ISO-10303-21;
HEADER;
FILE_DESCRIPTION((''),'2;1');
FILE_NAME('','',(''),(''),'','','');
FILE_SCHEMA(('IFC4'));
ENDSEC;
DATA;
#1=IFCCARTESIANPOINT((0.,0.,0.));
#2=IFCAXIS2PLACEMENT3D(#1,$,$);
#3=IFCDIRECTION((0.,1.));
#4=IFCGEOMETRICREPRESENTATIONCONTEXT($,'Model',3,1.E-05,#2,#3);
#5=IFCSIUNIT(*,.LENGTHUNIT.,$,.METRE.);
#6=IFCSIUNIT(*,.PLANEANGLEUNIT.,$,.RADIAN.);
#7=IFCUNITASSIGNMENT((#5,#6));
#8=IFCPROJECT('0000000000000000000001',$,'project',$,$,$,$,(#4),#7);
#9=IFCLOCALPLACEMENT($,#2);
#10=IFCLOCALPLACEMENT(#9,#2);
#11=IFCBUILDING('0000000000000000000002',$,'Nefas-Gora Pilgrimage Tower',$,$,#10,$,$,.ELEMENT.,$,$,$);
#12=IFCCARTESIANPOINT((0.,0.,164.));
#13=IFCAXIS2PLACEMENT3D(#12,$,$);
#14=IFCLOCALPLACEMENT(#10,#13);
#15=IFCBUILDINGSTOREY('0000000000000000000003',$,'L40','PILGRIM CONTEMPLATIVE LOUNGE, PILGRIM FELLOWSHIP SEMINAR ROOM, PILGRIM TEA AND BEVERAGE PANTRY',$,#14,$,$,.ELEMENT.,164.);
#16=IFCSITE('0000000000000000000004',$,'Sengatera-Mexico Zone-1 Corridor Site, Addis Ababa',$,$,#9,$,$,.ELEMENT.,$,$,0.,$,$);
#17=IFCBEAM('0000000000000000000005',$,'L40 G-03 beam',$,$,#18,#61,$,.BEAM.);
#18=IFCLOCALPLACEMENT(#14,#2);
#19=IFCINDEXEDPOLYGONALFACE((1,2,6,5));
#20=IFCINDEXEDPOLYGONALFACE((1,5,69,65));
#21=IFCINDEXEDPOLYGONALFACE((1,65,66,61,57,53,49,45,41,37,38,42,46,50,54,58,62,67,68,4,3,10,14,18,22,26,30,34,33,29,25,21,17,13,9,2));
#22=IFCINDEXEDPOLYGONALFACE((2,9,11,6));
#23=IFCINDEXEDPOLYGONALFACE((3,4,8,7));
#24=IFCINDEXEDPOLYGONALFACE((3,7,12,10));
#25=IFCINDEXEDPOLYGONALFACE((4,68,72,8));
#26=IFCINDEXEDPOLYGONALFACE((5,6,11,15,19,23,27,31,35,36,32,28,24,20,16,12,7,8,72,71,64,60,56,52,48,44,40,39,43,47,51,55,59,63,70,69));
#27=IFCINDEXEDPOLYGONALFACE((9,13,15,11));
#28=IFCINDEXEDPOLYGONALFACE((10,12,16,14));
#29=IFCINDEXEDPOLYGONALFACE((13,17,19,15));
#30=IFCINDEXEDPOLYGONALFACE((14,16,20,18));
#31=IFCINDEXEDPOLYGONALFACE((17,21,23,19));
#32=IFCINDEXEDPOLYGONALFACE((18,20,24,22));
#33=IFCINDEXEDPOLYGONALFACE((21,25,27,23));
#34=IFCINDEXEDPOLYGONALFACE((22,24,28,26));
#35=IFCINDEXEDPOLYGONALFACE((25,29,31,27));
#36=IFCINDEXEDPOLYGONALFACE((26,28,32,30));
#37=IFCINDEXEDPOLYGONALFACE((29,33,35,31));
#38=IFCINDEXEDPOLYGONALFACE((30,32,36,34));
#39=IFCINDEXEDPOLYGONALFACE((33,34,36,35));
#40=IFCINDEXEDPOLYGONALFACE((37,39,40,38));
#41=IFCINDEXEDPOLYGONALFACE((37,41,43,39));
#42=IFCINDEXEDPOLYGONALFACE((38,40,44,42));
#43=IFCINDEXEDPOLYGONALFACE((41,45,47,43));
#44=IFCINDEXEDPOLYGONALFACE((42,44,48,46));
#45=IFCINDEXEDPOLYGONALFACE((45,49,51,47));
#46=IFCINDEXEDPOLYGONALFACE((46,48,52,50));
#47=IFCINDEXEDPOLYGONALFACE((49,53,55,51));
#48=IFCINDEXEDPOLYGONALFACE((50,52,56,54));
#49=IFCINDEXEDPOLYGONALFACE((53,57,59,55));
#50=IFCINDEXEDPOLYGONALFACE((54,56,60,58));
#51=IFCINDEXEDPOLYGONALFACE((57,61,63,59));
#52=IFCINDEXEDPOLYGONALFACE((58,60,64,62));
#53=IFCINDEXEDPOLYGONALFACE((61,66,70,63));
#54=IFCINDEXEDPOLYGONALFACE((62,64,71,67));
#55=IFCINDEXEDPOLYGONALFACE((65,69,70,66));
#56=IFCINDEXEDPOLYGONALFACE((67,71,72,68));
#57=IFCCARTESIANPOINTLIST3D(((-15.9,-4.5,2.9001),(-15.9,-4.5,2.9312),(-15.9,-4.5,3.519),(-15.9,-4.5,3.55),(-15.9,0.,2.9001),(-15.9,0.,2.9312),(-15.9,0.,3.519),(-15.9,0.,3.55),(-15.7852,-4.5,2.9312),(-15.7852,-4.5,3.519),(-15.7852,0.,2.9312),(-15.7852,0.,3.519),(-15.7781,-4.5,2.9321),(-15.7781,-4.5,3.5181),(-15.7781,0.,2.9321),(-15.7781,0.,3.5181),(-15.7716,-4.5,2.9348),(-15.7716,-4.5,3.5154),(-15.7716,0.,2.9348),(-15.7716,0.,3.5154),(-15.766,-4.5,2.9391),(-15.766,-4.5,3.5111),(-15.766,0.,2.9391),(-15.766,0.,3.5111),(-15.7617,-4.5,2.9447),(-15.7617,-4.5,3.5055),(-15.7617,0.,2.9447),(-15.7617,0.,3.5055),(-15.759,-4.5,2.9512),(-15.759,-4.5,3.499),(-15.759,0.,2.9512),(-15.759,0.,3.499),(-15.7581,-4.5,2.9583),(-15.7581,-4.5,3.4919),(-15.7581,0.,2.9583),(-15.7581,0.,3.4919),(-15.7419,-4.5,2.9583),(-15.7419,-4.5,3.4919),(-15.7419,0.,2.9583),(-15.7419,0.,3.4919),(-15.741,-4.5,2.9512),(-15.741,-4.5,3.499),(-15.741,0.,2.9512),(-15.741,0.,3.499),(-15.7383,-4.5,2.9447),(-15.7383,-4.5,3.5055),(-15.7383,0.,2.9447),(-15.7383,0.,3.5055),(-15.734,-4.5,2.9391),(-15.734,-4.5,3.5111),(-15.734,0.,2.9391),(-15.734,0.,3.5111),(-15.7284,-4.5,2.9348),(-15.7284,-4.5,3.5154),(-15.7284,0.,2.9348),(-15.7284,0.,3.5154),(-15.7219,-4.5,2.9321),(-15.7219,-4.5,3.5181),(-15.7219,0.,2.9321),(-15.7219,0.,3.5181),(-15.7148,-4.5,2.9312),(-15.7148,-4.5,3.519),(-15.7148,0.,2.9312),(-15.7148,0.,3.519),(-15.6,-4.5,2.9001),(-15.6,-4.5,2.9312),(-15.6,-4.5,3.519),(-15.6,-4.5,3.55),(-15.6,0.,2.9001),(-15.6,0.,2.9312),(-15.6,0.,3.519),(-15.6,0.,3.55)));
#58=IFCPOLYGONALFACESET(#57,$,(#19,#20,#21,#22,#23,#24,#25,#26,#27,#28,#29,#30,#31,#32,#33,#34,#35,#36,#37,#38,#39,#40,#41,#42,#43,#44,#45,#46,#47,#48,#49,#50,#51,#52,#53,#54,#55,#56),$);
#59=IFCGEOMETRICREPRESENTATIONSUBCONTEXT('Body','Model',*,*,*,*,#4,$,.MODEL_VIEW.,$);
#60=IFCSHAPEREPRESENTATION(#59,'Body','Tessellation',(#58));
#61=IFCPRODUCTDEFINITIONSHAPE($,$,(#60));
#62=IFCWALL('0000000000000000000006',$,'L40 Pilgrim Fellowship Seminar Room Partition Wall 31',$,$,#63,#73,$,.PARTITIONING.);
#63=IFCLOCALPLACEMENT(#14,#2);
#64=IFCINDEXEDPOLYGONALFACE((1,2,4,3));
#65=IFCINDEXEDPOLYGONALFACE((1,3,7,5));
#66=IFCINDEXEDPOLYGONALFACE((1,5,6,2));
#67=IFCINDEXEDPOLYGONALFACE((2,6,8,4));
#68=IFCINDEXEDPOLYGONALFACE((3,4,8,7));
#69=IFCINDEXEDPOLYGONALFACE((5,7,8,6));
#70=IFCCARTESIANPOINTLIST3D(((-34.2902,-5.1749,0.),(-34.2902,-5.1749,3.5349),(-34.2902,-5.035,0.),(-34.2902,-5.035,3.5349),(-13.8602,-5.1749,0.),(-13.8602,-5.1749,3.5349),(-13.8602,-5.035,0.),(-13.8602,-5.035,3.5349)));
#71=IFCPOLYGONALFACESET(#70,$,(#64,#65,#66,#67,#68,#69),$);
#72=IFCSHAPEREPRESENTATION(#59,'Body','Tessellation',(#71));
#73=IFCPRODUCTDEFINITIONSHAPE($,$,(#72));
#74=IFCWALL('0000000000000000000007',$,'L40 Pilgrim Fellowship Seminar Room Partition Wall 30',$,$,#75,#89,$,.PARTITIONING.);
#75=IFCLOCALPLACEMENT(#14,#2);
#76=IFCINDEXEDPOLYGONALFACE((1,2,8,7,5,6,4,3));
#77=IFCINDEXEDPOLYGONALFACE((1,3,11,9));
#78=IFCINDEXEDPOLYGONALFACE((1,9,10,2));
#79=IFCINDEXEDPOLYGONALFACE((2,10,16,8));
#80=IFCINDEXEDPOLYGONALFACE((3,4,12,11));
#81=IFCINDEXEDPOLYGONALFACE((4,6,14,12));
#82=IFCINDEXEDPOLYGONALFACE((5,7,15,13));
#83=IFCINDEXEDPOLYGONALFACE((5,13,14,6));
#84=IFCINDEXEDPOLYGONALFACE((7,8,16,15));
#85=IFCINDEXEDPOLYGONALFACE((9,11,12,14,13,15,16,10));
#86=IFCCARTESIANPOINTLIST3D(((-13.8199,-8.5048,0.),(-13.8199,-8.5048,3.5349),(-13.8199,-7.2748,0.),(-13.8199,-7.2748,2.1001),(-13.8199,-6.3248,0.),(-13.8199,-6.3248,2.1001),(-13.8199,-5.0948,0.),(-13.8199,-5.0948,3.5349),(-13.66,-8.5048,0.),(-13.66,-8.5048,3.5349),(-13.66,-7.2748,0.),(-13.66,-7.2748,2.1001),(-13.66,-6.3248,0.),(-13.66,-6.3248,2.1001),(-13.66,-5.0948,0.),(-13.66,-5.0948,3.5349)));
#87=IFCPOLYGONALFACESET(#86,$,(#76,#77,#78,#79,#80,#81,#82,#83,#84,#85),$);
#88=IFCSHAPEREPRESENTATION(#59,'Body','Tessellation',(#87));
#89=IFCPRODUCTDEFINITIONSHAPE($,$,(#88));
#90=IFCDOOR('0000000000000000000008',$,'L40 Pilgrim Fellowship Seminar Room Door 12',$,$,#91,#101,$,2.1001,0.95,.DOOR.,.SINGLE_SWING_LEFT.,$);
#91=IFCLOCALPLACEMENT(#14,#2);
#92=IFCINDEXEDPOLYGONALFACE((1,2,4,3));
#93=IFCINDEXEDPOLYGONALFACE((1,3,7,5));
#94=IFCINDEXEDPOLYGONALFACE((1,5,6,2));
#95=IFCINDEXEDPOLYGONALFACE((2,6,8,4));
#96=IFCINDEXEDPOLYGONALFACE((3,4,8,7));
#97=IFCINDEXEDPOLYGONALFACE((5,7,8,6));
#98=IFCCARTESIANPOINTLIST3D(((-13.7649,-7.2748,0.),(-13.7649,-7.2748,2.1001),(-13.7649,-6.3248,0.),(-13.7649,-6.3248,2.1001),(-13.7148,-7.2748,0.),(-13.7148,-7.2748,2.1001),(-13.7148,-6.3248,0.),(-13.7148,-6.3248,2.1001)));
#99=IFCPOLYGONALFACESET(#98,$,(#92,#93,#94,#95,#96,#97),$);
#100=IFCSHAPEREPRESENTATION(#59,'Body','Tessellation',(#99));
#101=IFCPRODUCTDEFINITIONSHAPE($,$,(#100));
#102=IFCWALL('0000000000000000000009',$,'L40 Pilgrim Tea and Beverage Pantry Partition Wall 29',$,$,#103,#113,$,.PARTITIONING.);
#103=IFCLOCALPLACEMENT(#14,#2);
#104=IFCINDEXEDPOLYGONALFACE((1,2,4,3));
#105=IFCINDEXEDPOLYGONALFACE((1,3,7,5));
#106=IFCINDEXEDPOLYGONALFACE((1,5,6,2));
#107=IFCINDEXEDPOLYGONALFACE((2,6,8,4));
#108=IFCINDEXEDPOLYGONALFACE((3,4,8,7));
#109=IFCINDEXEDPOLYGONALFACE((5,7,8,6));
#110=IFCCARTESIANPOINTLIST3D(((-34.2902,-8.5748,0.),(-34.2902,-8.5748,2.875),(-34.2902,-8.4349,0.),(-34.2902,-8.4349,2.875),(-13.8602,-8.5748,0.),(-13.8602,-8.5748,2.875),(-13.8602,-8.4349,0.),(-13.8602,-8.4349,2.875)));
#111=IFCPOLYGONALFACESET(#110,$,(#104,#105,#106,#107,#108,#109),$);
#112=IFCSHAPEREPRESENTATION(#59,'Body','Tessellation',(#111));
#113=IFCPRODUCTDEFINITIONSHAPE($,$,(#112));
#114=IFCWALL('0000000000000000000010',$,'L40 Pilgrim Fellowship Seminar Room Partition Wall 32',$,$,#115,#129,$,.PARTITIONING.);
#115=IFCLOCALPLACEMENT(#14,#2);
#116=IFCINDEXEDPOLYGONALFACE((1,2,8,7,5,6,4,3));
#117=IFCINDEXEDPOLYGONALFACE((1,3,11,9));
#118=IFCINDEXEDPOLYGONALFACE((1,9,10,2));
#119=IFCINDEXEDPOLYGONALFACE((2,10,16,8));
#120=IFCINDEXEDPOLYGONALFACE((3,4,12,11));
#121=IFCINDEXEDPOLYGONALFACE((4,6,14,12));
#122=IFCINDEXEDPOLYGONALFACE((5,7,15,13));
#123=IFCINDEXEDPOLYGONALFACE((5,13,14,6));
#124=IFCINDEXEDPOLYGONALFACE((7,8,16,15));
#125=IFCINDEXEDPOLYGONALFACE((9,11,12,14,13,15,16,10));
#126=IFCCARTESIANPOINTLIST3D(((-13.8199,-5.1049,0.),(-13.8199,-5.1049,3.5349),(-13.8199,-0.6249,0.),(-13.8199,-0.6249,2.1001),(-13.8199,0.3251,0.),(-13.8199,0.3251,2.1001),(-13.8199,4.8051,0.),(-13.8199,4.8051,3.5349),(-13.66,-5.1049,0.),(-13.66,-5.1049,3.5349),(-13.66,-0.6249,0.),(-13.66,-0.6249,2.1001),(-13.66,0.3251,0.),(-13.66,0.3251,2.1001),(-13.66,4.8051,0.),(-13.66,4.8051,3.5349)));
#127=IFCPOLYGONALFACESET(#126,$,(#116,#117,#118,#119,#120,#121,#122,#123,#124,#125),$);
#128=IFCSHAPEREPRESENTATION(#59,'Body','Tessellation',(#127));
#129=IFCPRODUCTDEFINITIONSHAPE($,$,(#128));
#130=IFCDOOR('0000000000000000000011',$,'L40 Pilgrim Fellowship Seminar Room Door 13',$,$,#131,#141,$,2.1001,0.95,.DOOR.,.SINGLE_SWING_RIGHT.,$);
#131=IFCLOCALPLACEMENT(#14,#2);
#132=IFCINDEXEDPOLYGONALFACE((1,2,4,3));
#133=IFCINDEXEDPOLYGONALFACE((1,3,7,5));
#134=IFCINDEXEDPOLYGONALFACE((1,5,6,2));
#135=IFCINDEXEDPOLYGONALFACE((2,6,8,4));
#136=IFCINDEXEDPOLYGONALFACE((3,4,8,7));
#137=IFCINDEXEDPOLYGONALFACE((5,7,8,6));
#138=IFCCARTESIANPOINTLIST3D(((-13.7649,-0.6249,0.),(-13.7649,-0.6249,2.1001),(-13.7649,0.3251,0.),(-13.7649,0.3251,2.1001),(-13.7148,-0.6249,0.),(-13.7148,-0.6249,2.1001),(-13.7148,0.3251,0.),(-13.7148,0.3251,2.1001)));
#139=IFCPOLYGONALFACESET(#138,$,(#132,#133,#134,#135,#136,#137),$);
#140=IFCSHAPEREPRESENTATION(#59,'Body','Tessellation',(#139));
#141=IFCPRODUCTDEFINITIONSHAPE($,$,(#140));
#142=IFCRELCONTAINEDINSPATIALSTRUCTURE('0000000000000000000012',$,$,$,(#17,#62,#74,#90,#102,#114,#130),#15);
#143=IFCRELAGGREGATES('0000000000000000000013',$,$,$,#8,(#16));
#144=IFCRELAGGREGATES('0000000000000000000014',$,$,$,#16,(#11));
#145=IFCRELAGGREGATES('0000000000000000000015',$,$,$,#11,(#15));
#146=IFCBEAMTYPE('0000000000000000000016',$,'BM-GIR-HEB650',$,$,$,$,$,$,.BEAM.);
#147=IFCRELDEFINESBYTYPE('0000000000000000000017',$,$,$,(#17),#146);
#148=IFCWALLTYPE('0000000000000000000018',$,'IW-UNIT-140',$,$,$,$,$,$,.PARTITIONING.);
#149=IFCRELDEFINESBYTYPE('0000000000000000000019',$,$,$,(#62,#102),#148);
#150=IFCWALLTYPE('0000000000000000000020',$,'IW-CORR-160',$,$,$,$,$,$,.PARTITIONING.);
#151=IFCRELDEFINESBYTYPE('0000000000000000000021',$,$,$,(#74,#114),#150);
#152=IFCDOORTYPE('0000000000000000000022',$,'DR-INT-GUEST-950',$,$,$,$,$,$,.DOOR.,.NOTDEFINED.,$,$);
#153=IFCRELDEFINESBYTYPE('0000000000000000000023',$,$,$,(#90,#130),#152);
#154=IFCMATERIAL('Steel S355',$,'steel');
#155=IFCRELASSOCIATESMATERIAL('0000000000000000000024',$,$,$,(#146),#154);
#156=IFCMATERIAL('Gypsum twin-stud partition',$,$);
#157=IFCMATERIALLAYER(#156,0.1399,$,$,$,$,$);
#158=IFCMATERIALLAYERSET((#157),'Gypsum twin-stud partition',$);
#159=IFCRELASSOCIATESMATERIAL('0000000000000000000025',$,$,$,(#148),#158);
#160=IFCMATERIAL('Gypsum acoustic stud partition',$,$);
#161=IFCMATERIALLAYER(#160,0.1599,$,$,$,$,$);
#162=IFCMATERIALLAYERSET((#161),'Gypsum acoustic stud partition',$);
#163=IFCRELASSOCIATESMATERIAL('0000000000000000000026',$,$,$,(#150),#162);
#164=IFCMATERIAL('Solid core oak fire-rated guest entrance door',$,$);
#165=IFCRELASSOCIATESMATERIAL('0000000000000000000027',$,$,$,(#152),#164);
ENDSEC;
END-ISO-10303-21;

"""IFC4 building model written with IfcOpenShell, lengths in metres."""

from ifc_helpers import new_model, si_unit, direction, frame, frame_2d, origin, origin_2d, place, context, subcontext, project, spatial, rectangle, i_section, extrude, source, transform, mapped, material, layer, layer_set, material_profile, profile_set, type_object, element, fill, save


model = new_model("IFC4")

# Units and contexts
model_context = context("Model", 3, precision=1e-05, world=origin(), true_north=direction((0.0, 1.0)))
body_context = subcontext(model_context, "Body", "Model", "MODEL_VIEW")
ifc_project = project(units=[si_unit("LENGTHUNIT", "METRE"), si_unit("PLANEANGLEUNIT", "RADIAN")], contexts=[model_context])

# Site, building, storey
site_placement = place(None, origin())
site = spatial("IfcSite", under=ifc_project, at=site_placement, Name="Sengatera-Mexico Zone-1 Corridor Site, Addis Ababa", CompositionType="ELEMENT", RefElevation=0.0)
building_placement = place(site_placement, origin())
building = spatial("IfcBuilding", under=site, at=building_placement, Name="Nefas-Gora Pilgrimage Tower", CompositionType="ELEMENT")
storey_placement = place(building_placement, frame((0.0, 0.0, 164.0)))
storey = spatial("IfcBuildingStorey", under=building, at=storey_placement, Name="L40", Description="PILGRIM CONTEMPLATIVE LOUNGE, PILGRIM FELLOWSHIP SEMINAR ROOM, PILGRIM TEA AND BEVERAGE PANTRY", CompositionType="ELEMENT", Elevation=164.0)

# Beam
ifc_material_1 = material(Name="Steel S355", Category="steel")
ifc_material_profile_1 = material_profile(ifc_material_1, i_section(OverallWidth=0.3, OverallDepth=0.6499, WebThickness=0.0161, FlangeThickness=0.031, FilletRadius=0.0271, at=origin_2d()), Name="HEB 650")
ifc_profile_set_1 = profile_set([ifc_material_profile_1], Name="Steel S355")
beam_type_1 = type_object("IfcBeamType", Name="BM-GIR-HEB650", PredefinedType="BEAM", material=ifc_profile_set_1)
shared_shape_1 = source(origin(), body_context, "Body", "SweptSolid", [
    extrude(i_section(OverallWidth=0.3, OverallDepth=0.6499, WebThickness=0.0161, FlangeThickness=0.031, FilletRadius=0.0271, at=origin_2d()), origin(), (0.0, 0.0, 1.0), 4.5),
])
for number, where, z_axis, x_axis, name in (
    (1, (-15.75, -4.5, 3.2251), (0.0, 1.0, 0.0), (-1.0, 0.0, 0.0), "L40 G-03 beam"),
):
    element("IfcBeam", number, at=place(storey_placement, frame(where, z_axis=z_axis, x_axis=x_axis)), inside=storey, type_object=beam_type_1, Name=name, PredefinedType="BEAM", context=body_context, shape_type="MappedRepresentation", body=[
        mapped(shared_shape_1, transform((0.0, 0.0, 0.0), x_axis=(1.0, 0.0, 0.0), y_axis=(0.0, 1.0, 0.0), z_axis=(0.0, 0.0, 1.0), scale=1.0)),
    ])

# Wall
ifc_material_2 = material(Name="Gypsum twin-stud partition")
ifc_layer_1 = layer(ifc_material_2, 0.1399)
ifc_layer_set_1 = layer_set([ifc_layer_1], Name="Gypsum twin-stud partition")
wall_type_1 = type_object("IfcWallType", Name="IW-UNIT-140", PredefinedType="PARTITIONING", material=ifc_layer_set_1)
shared_shape_2 = source(origin(), body_context, "Body", "SweptSolid", [
    extrude(rectangle(XDim=20.4299, YDim=0.1399, at=frame_2d((10.2148, 0.0))), origin(), (0.0, 0.0, 1.0), 3.5349),
])
wall_1_placement = place(storey_placement, frame((-34.29, -5.105, 0.0), z_axis=(0.0, 0.0, 1.0), x_axis=(1.0, 0.0, 0.0)))
element("IfcWall", 2, at=wall_1_placement, inside=storey, type_object=wall_type_1, Name="L40 Pilgrim Fellowship Seminar Room Partition Wall 31", PredefinedType="PARTITIONING", context=body_context, shape_type="MappedRepresentation", body=[
    mapped(shared_shape_2, transform((0.0, 0.0, 0.0), x_axis=(1.0, 0.0, 0.0), y_axis=(0.0, 1.0, 0.0), z_axis=(0.0, 0.0, 1.0), scale=1.0)),
])

# Wall, opening, door
ifc_material_3 = material(Name="Gypsum acoustic stud partition")
ifc_layer_2 = layer(ifc_material_3, 0.1599)
ifc_layer_set_2 = layer_set([ifc_layer_2], Name="Gypsum acoustic stud partition")
wall_type_2 = type_object("IfcWallType", Name="IW-CORR-160", PredefinedType="PARTITIONING", material=ifc_layer_set_2)
shared_shape_3 = source(origin(), body_context, "Body", "SweptSolid", [
    extrude(rectangle(XDim=3.4099, YDim=0.1599, at=frame_2d((1.7051, 0.0))), origin(), (0.0, 0.0, 1.0), 3.5349),
])
wall_2_placement = place(storey_placement, frame((-13.74, -8.5049, 0.0), z_axis=(0.0, 0.0, 1.0), x_axis=(0.0, 1.0, 0.0)))
wall_2 = element("IfcWall", 3, at=wall_2_placement, inside=storey, type_object=wall_type_2, Name="L40 Pilgrim Fellowship Seminar Room Partition Wall 30", PredefinedType="PARTITIONING", context=body_context, shape_type="MappedRepresentation", body=[
    mapped(shared_shape_3, transform((0.0, 0.0, 0.0), x_axis=(1.0, 0.0, 0.0), y_axis=(0.0, 1.0, 0.0), z_axis=(0.0, 0.0, 1.0), scale=1.0)),
])
opening_1_placement = place(wall_2_placement, frame((1.23, 0.0, 0.0)))
opening_1 = element("IfcOpeningElement", 4, at=opening_1_placement, cuts=wall_2, PredefinedType="OPENING", context=body_context, shape_type="SweptSolid", body=[
    extrude(rectangle(XDim=0.95, YDim=2.1001, at=frame_2d((0.4751, 1.05))), frame((0.0, 0.0898, 0.0), z_axis=(0.0, -1.0, 0.0), x_axis=(1.0, 0.0, 0.0)), (0.0, 0.0, 1.0), 0.1799),
])
ifc_material_4 = material(Name="Solid core oak fire-rated guest entrance door")
door_type = type_object("IfcDoorType", Name="DR-INT-GUEST-950", OperationType="NOTDEFINED", PredefinedType="DOOR", material=ifc_material_4)
shared_shape_4 = source(origin(), body_context, "Body", "SweptSolid", [
    extrude(rectangle(XDim=0.95, YDim=2.1001, at=frame_2d((0.4751, 1.05))), frame((0.0, 0.0249, 0.0), z_axis=(0.0, -1.0, 0.0), x_axis=(1.0, 0.0, 0.0)), (0.0, 0.0, 1.0), 0.05),
])
door_1_placement = place(opening_1_placement, origin())
door_1 = element("IfcDoor", 5, at=door_1_placement, inside=storey, type_object=door_type, Name="L40 Pilgrim Fellowship Seminar Room Door 12", OperationType="SINGLE_SWING_LEFT", OverallHeight=2.1001, OverallWidth=0.95, PredefinedType="DOOR", context=body_context, shape_type="MappedRepresentation", body=[
    mapped(shared_shape_4, transform((0.0, 0.0, 0.0), x_axis=(1.0, 0.0, 0.0), y_axis=(0.0, 1.0, 0.0), z_axis=(0.0, 0.0, 1.0), scale=1.0)),
])
fill(opening_1, door_1)

# Wall
shared_shape_5 = source(origin(), body_context, "Body", "SweptSolid", [
    extrude(rectangle(XDim=20.4299, YDim=0.1399, at=frame_2d((10.2148, 0.0))), origin(), (0.0, 0.0, 1.0), 2.875),
])
wall_3_placement = place(storey_placement, frame((-34.29, -8.5049, 0.0), z_axis=(0.0, 0.0, 1.0), x_axis=(1.0, 0.0, 0.0)))
element("IfcWall", 6, at=wall_3_placement, inside=storey, type_object=wall_type_1, Name="L40 Pilgrim Tea and Beverage Pantry Partition Wall 29", PredefinedType="PARTITIONING", context=body_context, shape_type="MappedRepresentation", body=[
    mapped(shared_shape_5, transform((0.0, 0.0, 0.0), x_axis=(1.0, 0.0, 0.0), y_axis=(0.0, 1.0, 0.0), z_axis=(0.0, 0.0, 1.0), scale=1.0)),
])

# Wall, opening, door
shared_shape_6 = source(origin(), body_context, "Body", "SweptSolid", [
    extrude(rectangle(XDim=9.9099, YDim=0.1599, at=frame_2d((4.9551, 0.0))), origin(), (0.0, 0.0, 1.0), 3.5349),
])
wall_4_placement = place(storey_placement, frame((-13.74, -5.105, 0.0), z_axis=(0.0, 0.0, 1.0), x_axis=(0.0, 1.0, 0.0)))
wall_4 = element("IfcWall", 7, at=wall_4_placement, inside=storey, type_object=wall_type_2, Name="L40 Pilgrim Fellowship Seminar Room Partition Wall 32", PredefinedType="PARTITIONING", context=body_context, shape_type="MappedRepresentation", body=[
    mapped(shared_shape_6, transform((0.0, 0.0, 0.0), x_axis=(1.0, 0.0, 0.0), y_axis=(0.0, 1.0, 0.0), z_axis=(0.0, 0.0, 1.0), scale=1.0)),
])
opening_2_placement = place(wall_4_placement, frame((4.48, 0.0, 0.0)))
opening_2 = element("IfcOpeningElement", 8, at=opening_2_placement, cuts=wall_4, PredefinedType="OPENING", context=body_context, shape_type="SweptSolid", body=[
    extrude(rectangle(XDim=0.95, YDim=2.1001, at=frame_2d((0.4751, 1.05))), frame((0.0, 0.0898, 0.0), z_axis=(0.0, -1.0, 0.0), x_axis=(1.0, 0.0, 0.0)), (0.0, 0.0, 1.0), 0.1799),
])
door_2_placement = place(opening_2_placement, origin())
door_2 = element("IfcDoor", 9, at=door_2_placement, inside=storey, type_object=door_type, Name="L40 Pilgrim Fellowship Seminar Room Door 13", OperationType="SINGLE_SWING_RIGHT", OverallHeight=2.1001, OverallWidth=0.95, PredefinedType="DOOR", context=body_context, shape_type="MappedRepresentation", body=[
    mapped(shared_shape_4, transform((0.0, 0.0, 0.0), x_axis=(1.0, 0.0, 0.0), y_axis=(0.0, 1.0, 0.0), z_axis=(0.0, 0.0, 1.0), scale=1.0)),
])
fill(opening_2, door_2)

save(model, "model.ifc")
